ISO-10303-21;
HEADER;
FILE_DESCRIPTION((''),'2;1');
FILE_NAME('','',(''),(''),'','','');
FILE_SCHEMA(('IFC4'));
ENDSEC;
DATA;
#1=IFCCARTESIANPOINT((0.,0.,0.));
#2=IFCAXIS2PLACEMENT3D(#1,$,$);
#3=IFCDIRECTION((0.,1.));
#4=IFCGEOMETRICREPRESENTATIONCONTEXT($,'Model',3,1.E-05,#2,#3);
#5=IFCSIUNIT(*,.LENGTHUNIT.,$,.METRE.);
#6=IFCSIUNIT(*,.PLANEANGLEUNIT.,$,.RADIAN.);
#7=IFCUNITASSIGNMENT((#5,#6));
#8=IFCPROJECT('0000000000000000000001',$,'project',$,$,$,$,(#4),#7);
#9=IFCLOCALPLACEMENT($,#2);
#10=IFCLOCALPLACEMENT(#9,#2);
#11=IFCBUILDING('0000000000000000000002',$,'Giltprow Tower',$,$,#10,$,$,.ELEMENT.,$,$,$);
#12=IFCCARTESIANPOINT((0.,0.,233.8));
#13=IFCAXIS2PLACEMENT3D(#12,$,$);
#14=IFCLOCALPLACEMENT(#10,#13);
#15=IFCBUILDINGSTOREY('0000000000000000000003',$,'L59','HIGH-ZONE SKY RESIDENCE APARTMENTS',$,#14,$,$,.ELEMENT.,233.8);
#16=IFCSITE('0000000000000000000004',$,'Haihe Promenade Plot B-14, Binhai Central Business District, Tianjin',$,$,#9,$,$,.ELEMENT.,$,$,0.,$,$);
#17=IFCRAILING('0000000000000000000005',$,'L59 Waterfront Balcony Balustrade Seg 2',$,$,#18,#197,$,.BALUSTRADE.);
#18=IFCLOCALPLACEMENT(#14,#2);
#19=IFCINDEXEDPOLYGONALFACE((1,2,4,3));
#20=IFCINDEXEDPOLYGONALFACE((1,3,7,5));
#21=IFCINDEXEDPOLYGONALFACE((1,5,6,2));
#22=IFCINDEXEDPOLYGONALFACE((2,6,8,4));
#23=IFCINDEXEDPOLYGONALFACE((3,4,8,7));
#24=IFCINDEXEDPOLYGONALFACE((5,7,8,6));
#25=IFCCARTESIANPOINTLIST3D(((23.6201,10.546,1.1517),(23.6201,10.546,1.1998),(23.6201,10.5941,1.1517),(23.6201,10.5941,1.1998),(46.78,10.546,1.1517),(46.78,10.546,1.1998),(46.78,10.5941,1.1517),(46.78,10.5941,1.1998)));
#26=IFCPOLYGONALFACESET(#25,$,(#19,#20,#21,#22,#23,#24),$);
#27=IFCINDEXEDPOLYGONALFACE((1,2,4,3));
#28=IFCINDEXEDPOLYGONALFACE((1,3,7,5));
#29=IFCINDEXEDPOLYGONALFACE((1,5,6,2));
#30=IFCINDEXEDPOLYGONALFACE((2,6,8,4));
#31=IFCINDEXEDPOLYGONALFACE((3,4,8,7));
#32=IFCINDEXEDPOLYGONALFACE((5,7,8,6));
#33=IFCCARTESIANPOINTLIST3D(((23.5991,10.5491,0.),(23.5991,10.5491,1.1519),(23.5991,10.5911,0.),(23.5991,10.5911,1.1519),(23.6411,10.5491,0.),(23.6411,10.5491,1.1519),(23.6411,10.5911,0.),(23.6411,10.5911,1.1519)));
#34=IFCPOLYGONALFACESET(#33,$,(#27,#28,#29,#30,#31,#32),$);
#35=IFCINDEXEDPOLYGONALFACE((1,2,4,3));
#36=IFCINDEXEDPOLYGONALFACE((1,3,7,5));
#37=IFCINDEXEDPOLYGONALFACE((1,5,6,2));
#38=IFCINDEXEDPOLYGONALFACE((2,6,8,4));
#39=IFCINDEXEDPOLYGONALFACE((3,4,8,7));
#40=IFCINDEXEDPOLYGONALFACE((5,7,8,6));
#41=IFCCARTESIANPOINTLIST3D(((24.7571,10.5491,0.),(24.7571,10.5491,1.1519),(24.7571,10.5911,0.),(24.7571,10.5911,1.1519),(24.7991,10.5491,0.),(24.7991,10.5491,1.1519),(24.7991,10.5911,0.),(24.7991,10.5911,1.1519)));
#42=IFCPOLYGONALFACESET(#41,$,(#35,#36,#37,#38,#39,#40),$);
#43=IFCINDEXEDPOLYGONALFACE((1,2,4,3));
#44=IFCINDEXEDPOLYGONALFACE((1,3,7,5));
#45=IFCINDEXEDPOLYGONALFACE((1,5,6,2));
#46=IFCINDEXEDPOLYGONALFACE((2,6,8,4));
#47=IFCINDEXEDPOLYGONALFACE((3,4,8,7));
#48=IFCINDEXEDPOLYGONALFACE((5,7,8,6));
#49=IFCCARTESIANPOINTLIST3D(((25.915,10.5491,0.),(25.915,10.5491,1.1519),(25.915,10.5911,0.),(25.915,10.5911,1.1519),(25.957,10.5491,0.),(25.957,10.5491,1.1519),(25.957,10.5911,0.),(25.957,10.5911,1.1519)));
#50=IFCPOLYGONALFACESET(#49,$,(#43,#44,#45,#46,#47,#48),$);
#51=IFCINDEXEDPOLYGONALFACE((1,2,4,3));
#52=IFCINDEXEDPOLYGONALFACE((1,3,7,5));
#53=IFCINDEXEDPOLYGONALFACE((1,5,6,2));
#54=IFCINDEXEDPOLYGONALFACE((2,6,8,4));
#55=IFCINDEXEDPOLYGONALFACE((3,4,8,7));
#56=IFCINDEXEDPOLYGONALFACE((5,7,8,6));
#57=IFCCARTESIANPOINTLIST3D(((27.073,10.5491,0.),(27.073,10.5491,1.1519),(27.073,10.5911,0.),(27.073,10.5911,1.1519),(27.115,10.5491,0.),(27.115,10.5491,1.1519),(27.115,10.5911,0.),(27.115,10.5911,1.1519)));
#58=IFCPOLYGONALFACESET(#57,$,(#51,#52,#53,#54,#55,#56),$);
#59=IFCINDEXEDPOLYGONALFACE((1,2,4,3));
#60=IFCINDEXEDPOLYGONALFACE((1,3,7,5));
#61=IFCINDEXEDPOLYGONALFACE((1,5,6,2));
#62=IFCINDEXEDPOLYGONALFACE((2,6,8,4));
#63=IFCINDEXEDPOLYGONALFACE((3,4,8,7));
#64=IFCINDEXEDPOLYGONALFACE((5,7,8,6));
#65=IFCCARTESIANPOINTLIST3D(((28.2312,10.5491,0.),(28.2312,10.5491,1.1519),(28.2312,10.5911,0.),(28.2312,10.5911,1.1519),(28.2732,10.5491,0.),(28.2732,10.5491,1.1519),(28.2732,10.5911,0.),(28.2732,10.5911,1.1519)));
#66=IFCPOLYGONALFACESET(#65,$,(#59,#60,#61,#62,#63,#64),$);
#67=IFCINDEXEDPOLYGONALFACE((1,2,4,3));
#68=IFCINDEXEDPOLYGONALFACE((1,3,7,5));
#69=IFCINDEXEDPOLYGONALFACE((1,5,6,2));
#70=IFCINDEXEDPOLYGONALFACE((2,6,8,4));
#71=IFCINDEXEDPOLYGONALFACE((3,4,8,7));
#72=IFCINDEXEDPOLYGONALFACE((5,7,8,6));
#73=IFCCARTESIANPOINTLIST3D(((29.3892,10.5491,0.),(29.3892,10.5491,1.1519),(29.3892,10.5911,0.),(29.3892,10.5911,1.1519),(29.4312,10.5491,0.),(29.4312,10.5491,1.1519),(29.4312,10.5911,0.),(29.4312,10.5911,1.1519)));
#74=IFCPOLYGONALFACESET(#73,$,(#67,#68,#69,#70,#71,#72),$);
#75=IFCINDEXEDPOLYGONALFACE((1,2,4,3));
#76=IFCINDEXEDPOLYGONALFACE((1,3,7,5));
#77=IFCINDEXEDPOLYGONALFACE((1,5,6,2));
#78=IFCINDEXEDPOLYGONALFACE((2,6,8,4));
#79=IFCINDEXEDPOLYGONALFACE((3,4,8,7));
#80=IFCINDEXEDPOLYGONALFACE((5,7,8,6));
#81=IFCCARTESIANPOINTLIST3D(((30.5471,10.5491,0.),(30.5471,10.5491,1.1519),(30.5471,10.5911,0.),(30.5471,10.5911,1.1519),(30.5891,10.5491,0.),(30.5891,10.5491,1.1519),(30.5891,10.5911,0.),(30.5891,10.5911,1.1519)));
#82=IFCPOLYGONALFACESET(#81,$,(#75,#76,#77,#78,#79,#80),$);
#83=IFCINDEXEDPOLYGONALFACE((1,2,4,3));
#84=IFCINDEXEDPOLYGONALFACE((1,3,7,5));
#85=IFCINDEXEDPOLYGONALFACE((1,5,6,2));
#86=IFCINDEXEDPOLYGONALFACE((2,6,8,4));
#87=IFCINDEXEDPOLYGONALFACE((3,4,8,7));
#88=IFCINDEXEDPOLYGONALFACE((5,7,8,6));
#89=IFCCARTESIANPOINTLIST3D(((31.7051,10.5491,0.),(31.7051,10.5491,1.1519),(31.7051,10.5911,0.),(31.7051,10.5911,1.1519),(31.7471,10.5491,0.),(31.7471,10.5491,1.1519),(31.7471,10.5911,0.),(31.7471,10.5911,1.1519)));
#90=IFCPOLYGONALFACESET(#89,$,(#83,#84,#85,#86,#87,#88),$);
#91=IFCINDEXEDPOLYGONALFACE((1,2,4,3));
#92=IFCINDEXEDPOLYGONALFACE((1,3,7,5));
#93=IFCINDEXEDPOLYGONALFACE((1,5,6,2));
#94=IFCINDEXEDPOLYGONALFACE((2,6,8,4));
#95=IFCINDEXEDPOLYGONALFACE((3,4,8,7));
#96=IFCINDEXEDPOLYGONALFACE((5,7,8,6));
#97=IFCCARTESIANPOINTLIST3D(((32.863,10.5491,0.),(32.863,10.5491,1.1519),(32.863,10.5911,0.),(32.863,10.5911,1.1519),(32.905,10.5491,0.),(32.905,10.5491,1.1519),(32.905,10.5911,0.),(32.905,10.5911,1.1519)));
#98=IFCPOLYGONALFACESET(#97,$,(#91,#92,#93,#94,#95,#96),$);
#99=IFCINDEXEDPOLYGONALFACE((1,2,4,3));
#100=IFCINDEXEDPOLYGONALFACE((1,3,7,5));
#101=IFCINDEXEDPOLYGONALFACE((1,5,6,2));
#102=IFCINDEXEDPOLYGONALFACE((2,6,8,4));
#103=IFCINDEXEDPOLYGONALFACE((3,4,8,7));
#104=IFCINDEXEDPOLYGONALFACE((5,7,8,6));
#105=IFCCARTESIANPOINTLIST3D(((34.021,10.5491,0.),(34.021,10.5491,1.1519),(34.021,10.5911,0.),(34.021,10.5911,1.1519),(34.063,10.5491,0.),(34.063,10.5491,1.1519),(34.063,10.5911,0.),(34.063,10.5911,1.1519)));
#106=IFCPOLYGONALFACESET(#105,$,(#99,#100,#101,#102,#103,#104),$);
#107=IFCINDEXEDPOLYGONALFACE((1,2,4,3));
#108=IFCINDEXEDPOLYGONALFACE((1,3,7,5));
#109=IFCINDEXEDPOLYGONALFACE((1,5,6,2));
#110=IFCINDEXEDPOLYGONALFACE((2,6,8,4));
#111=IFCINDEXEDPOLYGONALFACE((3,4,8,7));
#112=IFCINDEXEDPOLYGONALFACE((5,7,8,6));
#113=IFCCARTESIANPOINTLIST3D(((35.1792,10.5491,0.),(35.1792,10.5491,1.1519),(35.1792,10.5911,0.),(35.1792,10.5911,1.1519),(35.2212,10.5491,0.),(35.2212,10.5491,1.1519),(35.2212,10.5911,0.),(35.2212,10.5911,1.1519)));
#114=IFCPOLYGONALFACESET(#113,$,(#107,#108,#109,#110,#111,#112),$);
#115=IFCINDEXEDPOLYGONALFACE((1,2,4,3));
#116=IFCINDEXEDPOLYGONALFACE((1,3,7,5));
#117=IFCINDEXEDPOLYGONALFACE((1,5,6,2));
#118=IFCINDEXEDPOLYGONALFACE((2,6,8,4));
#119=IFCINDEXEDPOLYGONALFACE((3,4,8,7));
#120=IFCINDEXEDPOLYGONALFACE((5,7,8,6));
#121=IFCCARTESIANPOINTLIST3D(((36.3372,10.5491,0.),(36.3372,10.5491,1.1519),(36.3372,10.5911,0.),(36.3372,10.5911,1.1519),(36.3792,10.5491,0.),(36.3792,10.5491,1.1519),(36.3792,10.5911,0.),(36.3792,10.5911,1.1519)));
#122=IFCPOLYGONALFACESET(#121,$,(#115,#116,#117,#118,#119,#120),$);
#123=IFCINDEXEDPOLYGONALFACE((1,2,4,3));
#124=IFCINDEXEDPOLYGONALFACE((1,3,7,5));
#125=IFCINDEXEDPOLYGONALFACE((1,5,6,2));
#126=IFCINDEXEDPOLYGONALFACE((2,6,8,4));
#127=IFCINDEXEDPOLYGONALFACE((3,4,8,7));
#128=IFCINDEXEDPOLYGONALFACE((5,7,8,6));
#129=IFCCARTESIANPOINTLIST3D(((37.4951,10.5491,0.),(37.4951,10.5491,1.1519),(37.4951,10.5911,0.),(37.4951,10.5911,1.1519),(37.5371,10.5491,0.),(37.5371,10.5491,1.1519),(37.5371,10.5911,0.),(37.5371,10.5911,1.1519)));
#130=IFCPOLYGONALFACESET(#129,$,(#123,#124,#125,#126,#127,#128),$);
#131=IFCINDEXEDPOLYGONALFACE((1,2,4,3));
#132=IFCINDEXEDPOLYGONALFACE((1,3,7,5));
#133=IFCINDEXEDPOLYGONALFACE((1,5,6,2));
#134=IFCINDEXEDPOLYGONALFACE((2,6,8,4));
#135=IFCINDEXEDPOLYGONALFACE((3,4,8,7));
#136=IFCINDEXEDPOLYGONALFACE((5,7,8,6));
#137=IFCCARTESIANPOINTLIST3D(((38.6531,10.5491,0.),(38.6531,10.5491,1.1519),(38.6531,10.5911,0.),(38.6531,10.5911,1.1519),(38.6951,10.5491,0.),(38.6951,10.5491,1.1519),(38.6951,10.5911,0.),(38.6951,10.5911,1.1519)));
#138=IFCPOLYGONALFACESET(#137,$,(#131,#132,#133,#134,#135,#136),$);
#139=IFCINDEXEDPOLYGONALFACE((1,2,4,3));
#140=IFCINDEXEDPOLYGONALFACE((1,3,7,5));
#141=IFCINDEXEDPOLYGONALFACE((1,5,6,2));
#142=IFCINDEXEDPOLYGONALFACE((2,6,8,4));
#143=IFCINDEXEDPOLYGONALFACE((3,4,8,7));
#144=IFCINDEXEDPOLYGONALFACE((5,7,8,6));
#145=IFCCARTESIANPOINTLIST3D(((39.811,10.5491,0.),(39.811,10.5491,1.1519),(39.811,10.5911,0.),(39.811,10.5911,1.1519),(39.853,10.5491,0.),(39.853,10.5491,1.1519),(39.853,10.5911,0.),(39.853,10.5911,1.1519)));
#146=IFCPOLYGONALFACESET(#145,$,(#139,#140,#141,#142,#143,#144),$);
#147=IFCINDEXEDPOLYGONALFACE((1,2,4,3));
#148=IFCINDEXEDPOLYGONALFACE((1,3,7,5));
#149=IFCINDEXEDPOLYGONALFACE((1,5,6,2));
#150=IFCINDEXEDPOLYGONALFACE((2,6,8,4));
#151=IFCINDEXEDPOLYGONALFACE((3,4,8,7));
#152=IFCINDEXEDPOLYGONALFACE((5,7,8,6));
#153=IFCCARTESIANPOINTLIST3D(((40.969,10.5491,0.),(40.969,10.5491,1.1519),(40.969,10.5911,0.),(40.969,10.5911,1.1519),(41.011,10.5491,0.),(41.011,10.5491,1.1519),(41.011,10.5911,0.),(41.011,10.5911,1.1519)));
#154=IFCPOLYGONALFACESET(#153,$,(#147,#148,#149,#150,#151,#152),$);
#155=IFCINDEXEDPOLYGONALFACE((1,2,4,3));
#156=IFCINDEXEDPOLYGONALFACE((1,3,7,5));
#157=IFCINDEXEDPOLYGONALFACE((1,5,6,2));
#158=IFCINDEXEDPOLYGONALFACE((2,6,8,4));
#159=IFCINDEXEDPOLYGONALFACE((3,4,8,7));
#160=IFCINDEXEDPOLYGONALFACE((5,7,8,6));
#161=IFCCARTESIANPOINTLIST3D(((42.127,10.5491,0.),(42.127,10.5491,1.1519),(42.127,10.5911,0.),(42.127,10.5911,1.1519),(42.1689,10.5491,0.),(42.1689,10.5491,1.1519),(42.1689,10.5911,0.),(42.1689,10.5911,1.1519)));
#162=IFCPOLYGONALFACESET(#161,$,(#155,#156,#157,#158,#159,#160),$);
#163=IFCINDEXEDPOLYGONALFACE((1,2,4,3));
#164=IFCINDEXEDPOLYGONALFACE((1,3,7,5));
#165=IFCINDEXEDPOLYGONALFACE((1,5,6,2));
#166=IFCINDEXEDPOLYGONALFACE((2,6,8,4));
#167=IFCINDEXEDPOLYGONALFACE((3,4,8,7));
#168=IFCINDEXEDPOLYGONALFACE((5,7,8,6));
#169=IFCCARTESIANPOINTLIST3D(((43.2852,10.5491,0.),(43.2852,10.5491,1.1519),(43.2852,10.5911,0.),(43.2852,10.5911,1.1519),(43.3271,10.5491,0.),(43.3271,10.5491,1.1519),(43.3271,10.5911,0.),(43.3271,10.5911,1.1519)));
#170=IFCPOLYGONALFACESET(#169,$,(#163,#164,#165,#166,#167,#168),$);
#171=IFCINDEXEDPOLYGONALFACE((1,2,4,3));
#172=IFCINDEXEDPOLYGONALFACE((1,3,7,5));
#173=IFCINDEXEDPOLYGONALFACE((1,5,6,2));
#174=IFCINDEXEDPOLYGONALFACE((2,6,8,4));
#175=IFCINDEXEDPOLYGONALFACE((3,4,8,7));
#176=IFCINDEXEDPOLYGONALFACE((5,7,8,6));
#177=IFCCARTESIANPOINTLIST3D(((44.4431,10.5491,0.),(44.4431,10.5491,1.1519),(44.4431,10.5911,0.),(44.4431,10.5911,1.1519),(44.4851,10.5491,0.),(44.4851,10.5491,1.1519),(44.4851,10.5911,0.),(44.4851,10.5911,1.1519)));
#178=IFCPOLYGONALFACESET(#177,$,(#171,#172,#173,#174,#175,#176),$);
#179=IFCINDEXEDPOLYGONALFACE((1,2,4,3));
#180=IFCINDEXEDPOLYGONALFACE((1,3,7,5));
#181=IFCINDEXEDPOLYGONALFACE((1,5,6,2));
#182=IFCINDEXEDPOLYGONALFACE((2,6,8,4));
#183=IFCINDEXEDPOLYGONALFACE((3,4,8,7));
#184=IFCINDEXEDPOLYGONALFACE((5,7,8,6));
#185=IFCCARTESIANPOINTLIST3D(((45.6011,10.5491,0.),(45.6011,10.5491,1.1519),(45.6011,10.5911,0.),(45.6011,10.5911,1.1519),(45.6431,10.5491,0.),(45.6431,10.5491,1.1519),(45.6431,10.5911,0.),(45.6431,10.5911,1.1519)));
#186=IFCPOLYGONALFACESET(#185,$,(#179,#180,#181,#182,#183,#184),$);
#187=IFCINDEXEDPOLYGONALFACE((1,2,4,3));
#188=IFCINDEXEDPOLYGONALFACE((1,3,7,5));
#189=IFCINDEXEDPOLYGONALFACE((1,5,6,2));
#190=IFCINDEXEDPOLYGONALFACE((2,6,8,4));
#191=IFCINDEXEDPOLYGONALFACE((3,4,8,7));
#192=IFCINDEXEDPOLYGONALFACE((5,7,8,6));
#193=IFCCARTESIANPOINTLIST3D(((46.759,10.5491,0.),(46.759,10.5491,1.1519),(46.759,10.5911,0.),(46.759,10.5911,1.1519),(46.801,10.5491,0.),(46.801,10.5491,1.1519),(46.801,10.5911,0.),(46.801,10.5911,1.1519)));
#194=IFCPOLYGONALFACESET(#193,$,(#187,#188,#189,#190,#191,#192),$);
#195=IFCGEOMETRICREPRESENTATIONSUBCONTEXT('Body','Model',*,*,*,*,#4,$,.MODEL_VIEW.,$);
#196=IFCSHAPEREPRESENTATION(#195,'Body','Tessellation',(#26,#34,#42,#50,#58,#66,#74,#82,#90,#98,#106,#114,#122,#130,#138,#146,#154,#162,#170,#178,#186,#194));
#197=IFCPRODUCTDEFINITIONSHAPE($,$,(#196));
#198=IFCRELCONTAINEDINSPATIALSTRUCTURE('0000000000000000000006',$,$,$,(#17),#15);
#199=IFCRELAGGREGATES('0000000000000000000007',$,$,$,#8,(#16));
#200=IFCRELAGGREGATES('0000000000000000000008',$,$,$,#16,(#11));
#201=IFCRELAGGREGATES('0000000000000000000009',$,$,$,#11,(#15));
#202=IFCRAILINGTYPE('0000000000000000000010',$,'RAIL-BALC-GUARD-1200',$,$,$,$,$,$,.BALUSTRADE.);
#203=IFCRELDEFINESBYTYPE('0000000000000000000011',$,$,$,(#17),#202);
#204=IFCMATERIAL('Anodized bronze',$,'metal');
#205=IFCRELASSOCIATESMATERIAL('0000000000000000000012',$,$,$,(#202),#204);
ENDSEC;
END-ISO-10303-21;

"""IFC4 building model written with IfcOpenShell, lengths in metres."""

from ifc_helpers import new_model, si_unit, direction, frame, origin, origin_2d, place, context, subcontext, project, spatial, rectangle, extrude, material, type_object, element, save


model = new_model("IFC4")

# Units and contexts
model_context = context("Model", 3, precision=1e-05, world=origin(), true_north=direction((0.0, 1.0)))
body_context = subcontext(model_context, "Body", "Model", "MODEL_VIEW")
ifc_project = project(units=[si_unit("LENGTHUNIT", "METRE"), si_unit("PLANEANGLEUNIT", "RADIAN")], contexts=[model_context])

# Site, building, storey
site_placement = place(None, origin())
site = spatial("IfcSite", under=ifc_project, at=site_placement, Name="Haihe Promenade Plot B-14, Binhai Central Business District, Tianjin", CompositionType="ELEMENT", RefElevation=0.0)
building_placement = place(site_placement, origin())
building = spatial("IfcBuilding", under=site, at=building_placement, Name="Giltprow Tower", CompositionType="ELEMENT")
storey_placement = place(building_placement, frame((0.0, 0.0, 233.8)))
storey = spatial("IfcBuildingStorey", under=building, at=storey_placement, Name="L59", Description="HIGH-ZONE SKY RESIDENCE APARTMENTS", CompositionType="ELEMENT", Elevation=233.8)

# Railing
ifc_material_1 = material(Name="Anodized bronze", Category="metal")
railing_type = type_object("IfcRailingType", Name="RAIL-BALC-GUARD-1200", PredefinedType="BALUSTRADE", material=ifc_material_1)
railing_1_placement = place(storey_placement, frame((23.6201, 10.5701, 0.0)))
element("IfcRailing", 1, at=railing_1_placement, inside=storey, type_object=railing_type, Name="L59 Waterfront Balcony Balustrade Seg 2", PredefinedType="BALUSTRADE", context=body_context, shape_type="SweptSolid", body=[
    extrude(rectangle(XDim=0.0481, YDim=0.0481, at=origin_2d()), frame((0.0, 0.0, 1.1758), z_axis=(1.0, 0.0, 0.0), x_axis=(0.0, 1.0, 0.0)), (0.0, 0.0, 1.0), 23.1599),
    extrude(rectangle(XDim=0.042, YDim=0.042, at=origin_2d()), origin(), (0.0, 0.0, 1.0), 1.1519),
    extrude(rectangle(XDim=0.042, YDim=0.042, at=origin_2d()), frame((1.158, 0.0, 0.0)), (0.0, 0.0, 1.0), 1.1519),
    extrude(rectangle(XDim=0.042, YDim=0.042, at=origin_2d()), frame((2.3159, 0.0, 0.0)), (0.0, 0.0, 1.0), 1.1519),
    extrude(rectangle(XDim=0.042, YDim=0.042, at=origin_2d()), frame((3.4739, 0.0, 0.0)), (0.0, 0.0, 1.0), 1.1519),
    extrude(rectangle(XDim=0.042, YDim=0.042, at=origin_2d()), frame((4.6321, 0.0, 0.0)), (0.0, 0.0, 1.0), 1.1519),
    extrude(rectangle(XDim=0.042, YDim=0.042, at=origin_2d()), frame((5.79, 0.0, 0.0)), (0.0, 0.0, 1.0), 1.1519),
    extrude(rectangle(XDim=0.042, YDim=0.042, at=origin_2d()), frame((6.948, 0.0, 0.0)), (0.0, 0.0, 1.0), 1.1519),
    extrude(rectangle(XDim=0.042, YDim=0.042, at=origin_2d()), frame((8.106, 0.0, 0.0)), (0.0, 0.0, 1.0), 1.1519),
    extrude(rectangle(XDim=0.042, YDim=0.042, at=origin_2d()), frame((9.2639, 0.0, 0.0)), (0.0, 0.0, 1.0), 1.1519),
    extrude(rectangle(XDim=0.042, YDim=0.042, at=origin_2d()), frame((10.4219, 0.0, 0.0)), (0.0, 0.0, 1.0), 1.1519),
    extrude(rectangle(XDim=0.042, YDim=0.042, at=origin_2d()), frame((11.5801, 0.0, 0.0)), (0.0, 0.0, 1.0), 1.1519),
    extrude(rectangle(XDim=0.042, YDim=0.042, at=origin_2d()), frame((12.738, 0.0, 0.0)), (0.0, 0.0, 1.0), 1.1519),
    extrude(rectangle(XDim=0.042, YDim=0.042, at=origin_2d()), frame((13.896, 0.0, 0.0)), (0.0, 0.0, 1.0), 1.1519),
    extrude(rectangle(XDim=0.042, YDim=0.042, at=origin_2d()), frame((15.054, 0.0, 0.0)), (0.0, 0.0, 1.0), 1.1519),
    extrude(rectangle(XDim=0.042, YDim=0.042, at=origin_2d()), frame((16.2119, 0.0, 0.0)), (0.0, 0.0, 1.0), 1.1519),
    extrude(rectangle(XDim=0.042, YDim=0.042, at=origin_2d()), frame((17.3699, 0.0, 0.0)), (0.0, 0.0, 1.0), 1.1519),
    extrude(rectangle(XDim=0.042, YDim=0.042, at=origin_2d()), frame((18.5278, 0.0, 0.0)), (0.0, 0.0, 1.0), 1.1519),
    extrude(rectangle(XDim=0.042, YDim=0.042, at=origin_2d()), frame((19.686, 0.0, 0.0)), (0.0, 0.0, 1.0), 1.1519),
    extrude(rectangle(XDim=0.042, YDim=0.042, at=origin_2d()), frame((20.844, 0.0, 0.0)), (0.0, 0.0, 1.0), 1.1519),
    extrude(rectangle(XDim=0.042, YDim=0.042, at=origin_2d()), frame((22.002, 0.0, 0.0)), (0.0, 0.0, 1.0), 1.1519),
    extrude(rectangle(XDim=0.042, YDim=0.042, at=origin_2d()), frame((23.1599, 0.0, 0.0)), (0.0, 0.0, 1.0), 1.1519),
])

save(model, "model.ifc")
